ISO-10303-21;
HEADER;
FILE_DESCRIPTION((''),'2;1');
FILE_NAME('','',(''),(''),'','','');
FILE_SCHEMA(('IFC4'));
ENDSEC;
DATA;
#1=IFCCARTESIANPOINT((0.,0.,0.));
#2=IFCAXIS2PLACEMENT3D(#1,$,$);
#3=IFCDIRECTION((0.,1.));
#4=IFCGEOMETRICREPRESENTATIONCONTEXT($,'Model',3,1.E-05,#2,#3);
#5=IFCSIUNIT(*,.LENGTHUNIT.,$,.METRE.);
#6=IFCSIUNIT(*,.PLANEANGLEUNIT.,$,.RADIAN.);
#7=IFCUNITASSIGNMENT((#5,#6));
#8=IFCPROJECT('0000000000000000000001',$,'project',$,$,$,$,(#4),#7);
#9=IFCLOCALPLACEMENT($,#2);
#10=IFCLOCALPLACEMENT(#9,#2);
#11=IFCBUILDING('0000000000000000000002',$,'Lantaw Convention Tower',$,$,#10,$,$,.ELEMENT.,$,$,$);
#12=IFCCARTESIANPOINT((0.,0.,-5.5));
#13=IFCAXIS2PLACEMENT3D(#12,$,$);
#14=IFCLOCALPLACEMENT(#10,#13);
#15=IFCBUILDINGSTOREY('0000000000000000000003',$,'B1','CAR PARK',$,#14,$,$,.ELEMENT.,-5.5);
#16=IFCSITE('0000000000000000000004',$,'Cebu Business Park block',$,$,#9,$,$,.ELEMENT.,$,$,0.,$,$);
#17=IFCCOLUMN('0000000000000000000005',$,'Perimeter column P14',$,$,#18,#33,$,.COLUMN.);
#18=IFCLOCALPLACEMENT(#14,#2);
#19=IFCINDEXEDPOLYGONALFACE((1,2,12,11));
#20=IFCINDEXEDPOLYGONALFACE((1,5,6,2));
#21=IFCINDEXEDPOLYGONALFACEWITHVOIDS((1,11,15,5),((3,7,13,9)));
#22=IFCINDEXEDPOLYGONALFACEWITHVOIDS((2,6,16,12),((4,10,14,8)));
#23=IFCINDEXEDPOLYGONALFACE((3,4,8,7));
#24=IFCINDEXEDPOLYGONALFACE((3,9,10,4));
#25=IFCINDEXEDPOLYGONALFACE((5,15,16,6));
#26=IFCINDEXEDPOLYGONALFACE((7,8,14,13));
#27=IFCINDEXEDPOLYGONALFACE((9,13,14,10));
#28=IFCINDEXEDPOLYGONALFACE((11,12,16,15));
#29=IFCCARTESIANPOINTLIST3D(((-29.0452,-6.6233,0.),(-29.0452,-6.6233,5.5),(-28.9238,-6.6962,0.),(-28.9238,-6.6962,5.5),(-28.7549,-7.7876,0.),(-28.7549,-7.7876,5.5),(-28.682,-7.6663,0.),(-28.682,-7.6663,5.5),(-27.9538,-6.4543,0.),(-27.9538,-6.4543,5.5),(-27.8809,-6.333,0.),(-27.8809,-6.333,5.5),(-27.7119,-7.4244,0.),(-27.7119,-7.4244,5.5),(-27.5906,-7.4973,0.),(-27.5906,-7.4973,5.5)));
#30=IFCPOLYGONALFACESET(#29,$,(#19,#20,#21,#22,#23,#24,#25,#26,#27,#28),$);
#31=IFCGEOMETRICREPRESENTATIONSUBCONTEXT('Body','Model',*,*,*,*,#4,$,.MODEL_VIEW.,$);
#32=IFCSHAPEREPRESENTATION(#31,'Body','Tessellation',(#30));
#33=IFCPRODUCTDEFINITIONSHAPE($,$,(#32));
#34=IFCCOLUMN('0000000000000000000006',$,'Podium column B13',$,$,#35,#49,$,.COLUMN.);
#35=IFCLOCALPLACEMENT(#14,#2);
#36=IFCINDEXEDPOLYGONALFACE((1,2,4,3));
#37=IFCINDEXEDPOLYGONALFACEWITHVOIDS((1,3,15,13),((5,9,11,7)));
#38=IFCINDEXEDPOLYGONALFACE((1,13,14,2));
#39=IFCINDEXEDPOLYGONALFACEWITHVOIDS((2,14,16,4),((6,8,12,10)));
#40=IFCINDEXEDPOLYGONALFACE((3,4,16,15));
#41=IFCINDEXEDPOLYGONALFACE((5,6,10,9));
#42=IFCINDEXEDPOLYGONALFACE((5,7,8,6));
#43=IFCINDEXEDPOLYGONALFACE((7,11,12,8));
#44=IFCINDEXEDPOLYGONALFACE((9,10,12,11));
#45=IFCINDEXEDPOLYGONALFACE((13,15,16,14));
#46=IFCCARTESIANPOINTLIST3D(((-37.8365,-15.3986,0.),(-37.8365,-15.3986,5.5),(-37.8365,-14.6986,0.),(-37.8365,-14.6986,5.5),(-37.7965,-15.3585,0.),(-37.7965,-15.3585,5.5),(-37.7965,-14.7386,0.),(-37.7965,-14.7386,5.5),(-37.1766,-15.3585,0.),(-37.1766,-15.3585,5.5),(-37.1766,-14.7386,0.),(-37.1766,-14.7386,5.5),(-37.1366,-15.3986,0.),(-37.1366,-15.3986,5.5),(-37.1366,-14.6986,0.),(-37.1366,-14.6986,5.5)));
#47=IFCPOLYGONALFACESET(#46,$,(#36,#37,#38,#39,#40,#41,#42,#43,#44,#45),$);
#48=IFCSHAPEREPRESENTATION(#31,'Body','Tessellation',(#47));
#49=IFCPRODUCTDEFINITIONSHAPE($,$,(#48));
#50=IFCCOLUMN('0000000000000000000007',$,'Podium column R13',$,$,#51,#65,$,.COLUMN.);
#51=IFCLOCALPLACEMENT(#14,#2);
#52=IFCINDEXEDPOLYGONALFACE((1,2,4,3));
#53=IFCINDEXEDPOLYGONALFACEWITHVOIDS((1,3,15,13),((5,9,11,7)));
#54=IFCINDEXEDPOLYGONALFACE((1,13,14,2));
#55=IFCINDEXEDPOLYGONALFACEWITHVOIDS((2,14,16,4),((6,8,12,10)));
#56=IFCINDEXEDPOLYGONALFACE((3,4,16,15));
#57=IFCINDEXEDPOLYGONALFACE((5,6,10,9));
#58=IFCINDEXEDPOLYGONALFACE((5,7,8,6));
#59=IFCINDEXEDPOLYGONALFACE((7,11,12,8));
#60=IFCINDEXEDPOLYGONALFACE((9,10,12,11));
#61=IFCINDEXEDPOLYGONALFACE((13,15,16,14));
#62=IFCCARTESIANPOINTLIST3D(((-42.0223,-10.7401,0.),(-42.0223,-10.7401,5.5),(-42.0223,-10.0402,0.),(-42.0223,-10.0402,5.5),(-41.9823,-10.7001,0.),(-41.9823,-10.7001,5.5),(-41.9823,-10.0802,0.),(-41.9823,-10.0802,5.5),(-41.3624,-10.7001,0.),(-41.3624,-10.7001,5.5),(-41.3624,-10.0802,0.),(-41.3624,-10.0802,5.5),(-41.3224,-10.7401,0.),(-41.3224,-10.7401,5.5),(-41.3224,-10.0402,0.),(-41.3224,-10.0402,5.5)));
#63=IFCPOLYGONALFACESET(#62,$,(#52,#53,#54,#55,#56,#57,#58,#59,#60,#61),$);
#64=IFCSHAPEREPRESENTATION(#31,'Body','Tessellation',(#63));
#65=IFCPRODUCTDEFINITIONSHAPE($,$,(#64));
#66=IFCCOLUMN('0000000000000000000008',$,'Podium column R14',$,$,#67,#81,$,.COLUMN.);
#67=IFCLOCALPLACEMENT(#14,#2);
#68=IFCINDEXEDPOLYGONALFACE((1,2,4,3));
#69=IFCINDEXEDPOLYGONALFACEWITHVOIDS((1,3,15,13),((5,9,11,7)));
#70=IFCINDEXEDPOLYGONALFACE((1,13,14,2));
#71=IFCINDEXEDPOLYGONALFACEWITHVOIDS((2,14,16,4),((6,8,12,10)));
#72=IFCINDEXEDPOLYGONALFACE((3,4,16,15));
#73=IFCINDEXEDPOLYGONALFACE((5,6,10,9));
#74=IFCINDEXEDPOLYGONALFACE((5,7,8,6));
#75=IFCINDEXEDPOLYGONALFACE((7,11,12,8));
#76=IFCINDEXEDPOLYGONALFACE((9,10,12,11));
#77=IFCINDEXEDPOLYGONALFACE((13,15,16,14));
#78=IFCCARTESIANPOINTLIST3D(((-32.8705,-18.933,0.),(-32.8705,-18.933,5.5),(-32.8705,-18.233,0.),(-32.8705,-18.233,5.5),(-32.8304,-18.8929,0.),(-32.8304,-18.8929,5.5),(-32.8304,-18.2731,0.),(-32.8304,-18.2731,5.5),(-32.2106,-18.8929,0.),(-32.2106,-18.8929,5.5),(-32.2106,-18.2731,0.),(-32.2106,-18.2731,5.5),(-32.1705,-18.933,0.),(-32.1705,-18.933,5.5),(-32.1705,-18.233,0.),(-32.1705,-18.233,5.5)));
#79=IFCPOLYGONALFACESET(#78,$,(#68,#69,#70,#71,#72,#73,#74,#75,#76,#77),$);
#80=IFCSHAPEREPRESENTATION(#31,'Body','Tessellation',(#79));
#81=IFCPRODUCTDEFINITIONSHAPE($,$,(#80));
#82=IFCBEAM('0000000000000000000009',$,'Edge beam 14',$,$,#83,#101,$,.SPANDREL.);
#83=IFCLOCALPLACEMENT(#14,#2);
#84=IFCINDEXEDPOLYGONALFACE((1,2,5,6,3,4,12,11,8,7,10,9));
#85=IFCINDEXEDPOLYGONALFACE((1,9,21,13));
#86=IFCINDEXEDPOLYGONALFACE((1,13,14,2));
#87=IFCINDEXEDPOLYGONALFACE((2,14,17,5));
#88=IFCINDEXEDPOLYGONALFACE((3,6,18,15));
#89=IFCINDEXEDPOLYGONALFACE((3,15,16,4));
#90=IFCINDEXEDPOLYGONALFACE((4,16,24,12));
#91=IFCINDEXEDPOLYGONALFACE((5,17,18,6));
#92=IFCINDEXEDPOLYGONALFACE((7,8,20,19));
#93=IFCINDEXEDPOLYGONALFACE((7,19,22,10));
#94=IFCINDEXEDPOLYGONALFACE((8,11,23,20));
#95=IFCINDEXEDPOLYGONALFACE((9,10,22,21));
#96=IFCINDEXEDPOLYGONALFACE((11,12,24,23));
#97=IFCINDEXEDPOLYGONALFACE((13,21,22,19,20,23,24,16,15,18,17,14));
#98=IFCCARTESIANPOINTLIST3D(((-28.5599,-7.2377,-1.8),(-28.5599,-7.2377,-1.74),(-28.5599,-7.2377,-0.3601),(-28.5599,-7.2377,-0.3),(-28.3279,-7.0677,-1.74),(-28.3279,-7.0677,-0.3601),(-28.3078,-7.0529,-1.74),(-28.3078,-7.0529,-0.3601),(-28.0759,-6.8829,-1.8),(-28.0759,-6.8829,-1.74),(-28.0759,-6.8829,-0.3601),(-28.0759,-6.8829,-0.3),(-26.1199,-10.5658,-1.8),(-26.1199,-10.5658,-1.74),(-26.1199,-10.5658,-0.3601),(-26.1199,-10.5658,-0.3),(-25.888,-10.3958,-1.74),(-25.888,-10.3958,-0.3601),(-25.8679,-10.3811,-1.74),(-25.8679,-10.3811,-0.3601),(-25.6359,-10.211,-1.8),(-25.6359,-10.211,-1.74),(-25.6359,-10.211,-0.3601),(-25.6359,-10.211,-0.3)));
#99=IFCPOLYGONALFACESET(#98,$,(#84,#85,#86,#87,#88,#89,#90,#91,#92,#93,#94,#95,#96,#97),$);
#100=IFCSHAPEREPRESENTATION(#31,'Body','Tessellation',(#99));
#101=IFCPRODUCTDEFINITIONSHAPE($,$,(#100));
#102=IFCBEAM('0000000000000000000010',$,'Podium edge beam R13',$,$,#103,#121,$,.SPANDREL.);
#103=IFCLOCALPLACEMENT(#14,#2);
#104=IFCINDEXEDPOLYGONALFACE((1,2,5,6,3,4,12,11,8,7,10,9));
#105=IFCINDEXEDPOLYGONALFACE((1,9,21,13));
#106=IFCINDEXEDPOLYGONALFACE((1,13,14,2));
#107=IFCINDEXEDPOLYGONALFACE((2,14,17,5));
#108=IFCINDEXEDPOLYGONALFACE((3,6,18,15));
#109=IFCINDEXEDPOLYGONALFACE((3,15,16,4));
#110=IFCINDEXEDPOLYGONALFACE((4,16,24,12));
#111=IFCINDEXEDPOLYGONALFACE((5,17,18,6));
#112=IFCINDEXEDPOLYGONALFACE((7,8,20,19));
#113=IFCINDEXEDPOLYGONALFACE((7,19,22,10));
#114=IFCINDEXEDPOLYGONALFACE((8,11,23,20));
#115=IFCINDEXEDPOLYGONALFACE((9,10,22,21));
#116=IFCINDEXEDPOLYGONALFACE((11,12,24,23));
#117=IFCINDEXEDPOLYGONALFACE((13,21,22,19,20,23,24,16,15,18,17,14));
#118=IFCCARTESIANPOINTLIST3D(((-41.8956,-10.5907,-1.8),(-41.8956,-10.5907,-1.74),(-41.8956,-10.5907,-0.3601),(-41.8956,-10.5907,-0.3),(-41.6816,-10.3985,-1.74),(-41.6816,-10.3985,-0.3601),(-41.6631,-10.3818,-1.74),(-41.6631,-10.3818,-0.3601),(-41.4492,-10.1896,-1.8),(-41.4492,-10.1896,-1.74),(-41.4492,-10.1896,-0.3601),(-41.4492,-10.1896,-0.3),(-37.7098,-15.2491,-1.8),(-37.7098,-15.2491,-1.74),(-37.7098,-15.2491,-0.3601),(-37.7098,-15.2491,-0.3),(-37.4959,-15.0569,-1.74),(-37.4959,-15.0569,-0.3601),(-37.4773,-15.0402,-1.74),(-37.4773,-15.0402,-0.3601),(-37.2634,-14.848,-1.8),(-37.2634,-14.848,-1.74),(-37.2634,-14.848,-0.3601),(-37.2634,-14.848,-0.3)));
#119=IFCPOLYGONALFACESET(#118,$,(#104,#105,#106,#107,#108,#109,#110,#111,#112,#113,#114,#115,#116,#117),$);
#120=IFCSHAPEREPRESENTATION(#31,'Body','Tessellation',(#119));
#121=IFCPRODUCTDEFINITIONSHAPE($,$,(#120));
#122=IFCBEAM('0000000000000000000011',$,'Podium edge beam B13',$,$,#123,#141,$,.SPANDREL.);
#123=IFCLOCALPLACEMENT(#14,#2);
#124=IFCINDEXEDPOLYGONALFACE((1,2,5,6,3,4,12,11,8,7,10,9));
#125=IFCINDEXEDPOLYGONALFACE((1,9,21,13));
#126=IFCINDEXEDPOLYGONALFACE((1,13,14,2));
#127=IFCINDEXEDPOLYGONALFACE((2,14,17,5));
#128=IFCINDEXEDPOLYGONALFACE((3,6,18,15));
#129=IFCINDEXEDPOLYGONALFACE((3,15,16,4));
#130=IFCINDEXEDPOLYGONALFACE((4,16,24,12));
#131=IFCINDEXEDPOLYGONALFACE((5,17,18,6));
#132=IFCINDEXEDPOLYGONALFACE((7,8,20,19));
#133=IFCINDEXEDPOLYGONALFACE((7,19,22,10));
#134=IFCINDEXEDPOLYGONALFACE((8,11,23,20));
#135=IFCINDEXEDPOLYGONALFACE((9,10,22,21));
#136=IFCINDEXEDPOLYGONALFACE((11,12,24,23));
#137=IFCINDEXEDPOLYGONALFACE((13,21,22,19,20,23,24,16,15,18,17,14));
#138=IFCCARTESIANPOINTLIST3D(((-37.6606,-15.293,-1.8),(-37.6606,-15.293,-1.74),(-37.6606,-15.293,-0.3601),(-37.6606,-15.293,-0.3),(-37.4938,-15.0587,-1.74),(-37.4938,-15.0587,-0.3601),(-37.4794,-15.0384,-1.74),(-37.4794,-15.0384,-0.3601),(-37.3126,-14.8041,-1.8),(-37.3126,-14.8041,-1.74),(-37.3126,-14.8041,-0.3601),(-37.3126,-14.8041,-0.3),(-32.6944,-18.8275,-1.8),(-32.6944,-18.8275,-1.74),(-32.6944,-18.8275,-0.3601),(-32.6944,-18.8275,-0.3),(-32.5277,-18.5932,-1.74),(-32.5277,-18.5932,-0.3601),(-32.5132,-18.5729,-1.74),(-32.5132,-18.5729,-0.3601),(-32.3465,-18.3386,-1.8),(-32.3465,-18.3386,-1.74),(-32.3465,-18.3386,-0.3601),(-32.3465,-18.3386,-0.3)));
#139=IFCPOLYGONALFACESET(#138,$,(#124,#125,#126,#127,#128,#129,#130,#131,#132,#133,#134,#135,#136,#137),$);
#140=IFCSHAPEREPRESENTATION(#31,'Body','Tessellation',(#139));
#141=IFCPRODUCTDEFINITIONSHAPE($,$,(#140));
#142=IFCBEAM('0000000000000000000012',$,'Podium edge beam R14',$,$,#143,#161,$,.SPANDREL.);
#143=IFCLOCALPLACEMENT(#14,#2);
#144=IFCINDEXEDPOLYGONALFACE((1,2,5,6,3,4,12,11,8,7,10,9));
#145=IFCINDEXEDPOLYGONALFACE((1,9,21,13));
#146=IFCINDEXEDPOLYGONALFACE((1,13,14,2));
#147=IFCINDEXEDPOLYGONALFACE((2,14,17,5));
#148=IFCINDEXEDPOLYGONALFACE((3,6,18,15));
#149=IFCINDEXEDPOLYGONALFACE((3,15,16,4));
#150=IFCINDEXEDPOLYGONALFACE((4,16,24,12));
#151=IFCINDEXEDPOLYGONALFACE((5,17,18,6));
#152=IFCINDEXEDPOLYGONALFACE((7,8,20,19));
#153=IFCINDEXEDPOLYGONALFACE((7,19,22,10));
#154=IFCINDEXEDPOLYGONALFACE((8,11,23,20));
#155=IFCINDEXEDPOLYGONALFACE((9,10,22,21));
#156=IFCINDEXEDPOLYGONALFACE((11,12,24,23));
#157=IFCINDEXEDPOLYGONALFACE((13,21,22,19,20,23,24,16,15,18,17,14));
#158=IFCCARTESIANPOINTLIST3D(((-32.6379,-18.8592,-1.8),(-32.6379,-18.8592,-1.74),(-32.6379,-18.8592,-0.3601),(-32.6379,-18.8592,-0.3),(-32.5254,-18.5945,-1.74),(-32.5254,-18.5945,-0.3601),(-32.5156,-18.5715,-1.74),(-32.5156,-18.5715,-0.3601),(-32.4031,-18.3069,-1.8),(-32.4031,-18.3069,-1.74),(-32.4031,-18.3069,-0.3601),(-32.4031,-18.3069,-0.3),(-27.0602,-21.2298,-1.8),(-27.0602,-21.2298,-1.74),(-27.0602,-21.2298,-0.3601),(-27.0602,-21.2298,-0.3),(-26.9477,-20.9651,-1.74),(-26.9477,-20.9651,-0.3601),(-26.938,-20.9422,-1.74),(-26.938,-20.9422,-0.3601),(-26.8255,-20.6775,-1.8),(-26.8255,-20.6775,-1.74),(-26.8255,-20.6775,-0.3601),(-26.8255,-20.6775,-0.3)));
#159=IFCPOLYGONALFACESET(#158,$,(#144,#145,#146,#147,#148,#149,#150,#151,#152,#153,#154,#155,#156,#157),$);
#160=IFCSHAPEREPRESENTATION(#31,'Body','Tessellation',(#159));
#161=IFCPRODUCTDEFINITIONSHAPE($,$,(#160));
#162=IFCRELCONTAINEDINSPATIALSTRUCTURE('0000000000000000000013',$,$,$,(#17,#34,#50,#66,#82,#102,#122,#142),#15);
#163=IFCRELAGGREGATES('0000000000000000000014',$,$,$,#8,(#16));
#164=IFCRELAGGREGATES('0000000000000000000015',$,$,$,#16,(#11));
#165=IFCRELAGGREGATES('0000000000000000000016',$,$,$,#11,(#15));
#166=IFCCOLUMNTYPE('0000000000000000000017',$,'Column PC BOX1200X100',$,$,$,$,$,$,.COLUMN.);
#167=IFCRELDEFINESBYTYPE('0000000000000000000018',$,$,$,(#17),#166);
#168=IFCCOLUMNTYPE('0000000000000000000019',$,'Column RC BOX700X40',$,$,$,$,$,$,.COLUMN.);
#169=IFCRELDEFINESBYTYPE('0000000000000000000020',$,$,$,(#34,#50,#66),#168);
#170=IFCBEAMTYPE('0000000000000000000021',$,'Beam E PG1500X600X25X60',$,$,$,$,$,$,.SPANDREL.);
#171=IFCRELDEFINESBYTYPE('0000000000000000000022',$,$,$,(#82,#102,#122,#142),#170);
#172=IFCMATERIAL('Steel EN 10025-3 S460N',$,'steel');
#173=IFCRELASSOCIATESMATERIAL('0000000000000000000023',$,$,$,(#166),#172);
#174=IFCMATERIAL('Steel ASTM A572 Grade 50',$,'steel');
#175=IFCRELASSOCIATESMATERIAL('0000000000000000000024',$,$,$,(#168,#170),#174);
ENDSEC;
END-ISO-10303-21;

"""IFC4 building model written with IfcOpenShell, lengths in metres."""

from ifc_helpers import new_model, si_unit, direction, frame, origin, origin_2d, place, context, subcontext, project, spatial, rectangle, hollow_rectangle, i_section, extrude, material, material_profile, profile_set, type_object, element, save


model = new_model("IFC4")

# Units and contexts
model_context = context("Model", 3, precision=1e-05, world=origin(), true_north=direction((0.0, 1.0)))
body_context = subcontext(model_context, "Body", "Model", "MODEL_VIEW")
ifc_project = project(units=[si_unit("LENGTHUNIT", "METRE"), si_unit("PLANEANGLEUNIT", "RADIAN")], contexts=[model_context])

# Site, building, storey
site_placement = place(None, origin())
site = spatial("IfcSite", under=ifc_project, at=site_placement, Name="Cebu Business Park block", CompositionType="ELEMENT", RefElevation=0.0)
building_placement = place(site_placement, origin())
building = spatial("IfcBuilding", under=site, at=building_placement, Name="Lantaw Convention Tower", CompositionType="ELEMENT")
storey_placement = place(building_placement, frame((0.0, 0.0, -5.5)))
storey = spatial("IfcBuildingStorey", under=building, at=storey_placement, Name="B1", Description="CAR PARK", CompositionType="ELEMENT", Elevation=-5.5)

# Columns
ifc_material_1 = material(Name="Steel EN 10025-3 S460N", Category="steel")
ifc_material_profile_1 = material_profile(ifc_material_1, hollow_rectangle(XDim=1.2, YDim=1.2, WallThickness=0.1001, at=origin_2d()), Name="BOX1200X100")
ifc_material_2 = material(Name="Concrete C60/75", Category="concrete")
ifc_material_profile_2 = material_profile(ifc_material_2, rectangle(XDim=1.0, YDim=1.0, at=origin_2d()), Name="Concrete fill of BOX1200X100")
ifc_profile_set_1 = profile_set([ifc_material_profile_1, ifc_material_profile_2], Name="Steel EN 10025-3 S460N")
column_type_1 = type_object("IfcColumnType", Name="Column PC BOX1200X100", PredefinedType="COLUMN", material=ifc_profile_set_1)
column_placement = place(storey_placement, frame((-28.3179, -7.0603, 0.0), z_axis=(0.0, 0.0, 1.0), x_axis=(0.970296, 0.241922, 0.0)))
element("IfcColumn", 1, at=column_placement, inside=storey, type_object=column_type_1, Name="Perimeter column P14", PredefinedType="COLUMN", context=body_context, shape_type="SweptSolid", body=[
    extrude(hollow_rectangle(XDim=1.2, YDim=1.2, WallThickness=0.1001, at=origin_2d()), origin(), (0.0, 0.0, 1.0), 5.5),
])
ifc_material_3 = material(Name="Steel ASTM A572 Grade 50", Category="steel")
ifc_material_profile_3 = material_profile(ifc_material_3, hollow_rectangle(XDim=0.7, YDim=0.7, WallThickness=0.04, at=origin_2d()), Name="BOX700X40")
ifc_profile_set_2 = profile_set([ifc_material_profile_3], Name="Steel ASTM A572 Grade 50")
column_type_2 = type_object("IfcColumnType", Name="Column RC BOX700X40", PredefinedType="COLUMN", material=ifc_profile_set_2)
for number, where, z_axis, x_axis, name in (
    (2, (-37.4866, -15.0486, 0.0), (0.0, 0.0, 1.0), (1.0, 0.0, 0.0), "Podium column B13"),
    (3, (-41.6724, -10.3901, 0.0), (0.0, 0.0, 1.0), (1.0, 0.0, 0.0), "Podium column R13"),
    (4, (-32.5205, -18.583, 0.0), (0.0, 0.0, 1.0), (1.0, 0.0, 0.0), "Podium column R14"),
):
    element("IfcColumn", number, at=place(storey_placement, frame(where, z_axis=z_axis, x_axis=x_axis)), inside=storey, type_object=column_type_2, Name=name, PredefinedType="COLUMN", context=body_context, shape_type="SweptSolid", body=[
        extrude(hollow_rectangle(XDim=0.7, YDim=0.7, WallThickness=0.04, at=origin_2d()), origin(), (0.0, 0.0, 1.0), 5.5),
    ])

# Beams
ifc_material_profile_4 = material_profile(ifc_material_3, i_section(OverallWidth=0.6001, OverallDepth=1.5, WebThickness=0.0249, FlangeThickness=0.0601, at=origin_2d()), Name="PG1500X600X25X60")
ifc_profile_set_3 = profile_set([ifc_material_profile_4], Name="Steel ASTM A572 Grade 50")
beam_type_1 = type_object("IfcBeamType", Name="Beam E PG1500X600X25X60", PredefinedType="SPANDREL", material=ifc_profile_set_3)
beam_1_placement = place(storey_placement, frame((-28.3179, -7.0603, -1.05), z_axis=(0.591256, -0.806484, 0.0), x_axis=(0.806484, 0.591256, 0.0)))
element("IfcBeam", 5, at=beam_1_placement, inside=storey, type_object=beam_type_1, Name="Edge beam 14", PredefinedType="SPANDREL", context=body_context, shape_type="SweptSolid", body=[
    extrude(i_section(OverallWidth=0.6001, OverallDepth=1.5, WebThickness=0.0249, FlangeThickness=0.0601, at=origin_2d()), origin(), (0.0, 0.0, 1.0), 4.1267),
])
beam_2_placement = place(storey_placement, frame((-41.6724, -10.3901, -1.05), z_axis=(0.668364, -0.743835, 0.0), x_axis=(0.743835, 0.668364, 0.0)))
element("IfcBeam", 6, at=beam_2_placement, inside=storey, type_object=beam_type_1, Name="Podium edge beam R13", PredefinedType="SPANDREL", context=body_context, shape_type="SweptSolid", body=[
    extrude(i_section(OverallWidth=0.6001, OverallDepth=1.5, WebThickness=0.0249, FlangeThickness=0.0601, at=origin_2d()), origin(), (0.0, 0.0, 1.0), 6.2627),
])
beam_3_placement = place(storey_placement, frame((-37.4866, -15.0486, -1.05), z_axis=(0.814723, -0.579851, 0.0), x_axis=(0.579851, 0.814723, 0.0)))
element("IfcBeam", 7, at=beam_3_placement, inside=storey, type_object=beam_type_1, Name="Podium edge beam B13", PredefinedType="SPANDREL", context=body_context, shape_type="SweptSolid", body=[
    extrude(i_section(OverallWidth=0.6001, OverallDepth=1.5, WebThickness=0.0249, FlangeThickness=0.0601, at=origin_2d()), origin(), (0.0, 0.0, 1.0), 6.0955),
])
beam_4_placement = place(storey_placement, frame((-32.5205, -18.583, -1.05), z_axis=(0.920324, -0.391156, 0.0), x_axis=(0.391156, 0.920324, 0.0)))
element("IfcBeam", 8, at=beam_4_placement, inside=storey, type_object=beam_type_1, Name="Podium edge beam R14", PredefinedType="SPANDREL", context=body_context, shape_type="SweptSolid", body=[
    extrude(i_section(OverallWidth=0.6001, OverallDepth=1.5, WebThickness=0.0249, FlangeThickness=0.0601, at=origin_2d()), origin(), (0.0, 0.0, 1.0), 6.0605),
])

save(model, "model.ifc")
